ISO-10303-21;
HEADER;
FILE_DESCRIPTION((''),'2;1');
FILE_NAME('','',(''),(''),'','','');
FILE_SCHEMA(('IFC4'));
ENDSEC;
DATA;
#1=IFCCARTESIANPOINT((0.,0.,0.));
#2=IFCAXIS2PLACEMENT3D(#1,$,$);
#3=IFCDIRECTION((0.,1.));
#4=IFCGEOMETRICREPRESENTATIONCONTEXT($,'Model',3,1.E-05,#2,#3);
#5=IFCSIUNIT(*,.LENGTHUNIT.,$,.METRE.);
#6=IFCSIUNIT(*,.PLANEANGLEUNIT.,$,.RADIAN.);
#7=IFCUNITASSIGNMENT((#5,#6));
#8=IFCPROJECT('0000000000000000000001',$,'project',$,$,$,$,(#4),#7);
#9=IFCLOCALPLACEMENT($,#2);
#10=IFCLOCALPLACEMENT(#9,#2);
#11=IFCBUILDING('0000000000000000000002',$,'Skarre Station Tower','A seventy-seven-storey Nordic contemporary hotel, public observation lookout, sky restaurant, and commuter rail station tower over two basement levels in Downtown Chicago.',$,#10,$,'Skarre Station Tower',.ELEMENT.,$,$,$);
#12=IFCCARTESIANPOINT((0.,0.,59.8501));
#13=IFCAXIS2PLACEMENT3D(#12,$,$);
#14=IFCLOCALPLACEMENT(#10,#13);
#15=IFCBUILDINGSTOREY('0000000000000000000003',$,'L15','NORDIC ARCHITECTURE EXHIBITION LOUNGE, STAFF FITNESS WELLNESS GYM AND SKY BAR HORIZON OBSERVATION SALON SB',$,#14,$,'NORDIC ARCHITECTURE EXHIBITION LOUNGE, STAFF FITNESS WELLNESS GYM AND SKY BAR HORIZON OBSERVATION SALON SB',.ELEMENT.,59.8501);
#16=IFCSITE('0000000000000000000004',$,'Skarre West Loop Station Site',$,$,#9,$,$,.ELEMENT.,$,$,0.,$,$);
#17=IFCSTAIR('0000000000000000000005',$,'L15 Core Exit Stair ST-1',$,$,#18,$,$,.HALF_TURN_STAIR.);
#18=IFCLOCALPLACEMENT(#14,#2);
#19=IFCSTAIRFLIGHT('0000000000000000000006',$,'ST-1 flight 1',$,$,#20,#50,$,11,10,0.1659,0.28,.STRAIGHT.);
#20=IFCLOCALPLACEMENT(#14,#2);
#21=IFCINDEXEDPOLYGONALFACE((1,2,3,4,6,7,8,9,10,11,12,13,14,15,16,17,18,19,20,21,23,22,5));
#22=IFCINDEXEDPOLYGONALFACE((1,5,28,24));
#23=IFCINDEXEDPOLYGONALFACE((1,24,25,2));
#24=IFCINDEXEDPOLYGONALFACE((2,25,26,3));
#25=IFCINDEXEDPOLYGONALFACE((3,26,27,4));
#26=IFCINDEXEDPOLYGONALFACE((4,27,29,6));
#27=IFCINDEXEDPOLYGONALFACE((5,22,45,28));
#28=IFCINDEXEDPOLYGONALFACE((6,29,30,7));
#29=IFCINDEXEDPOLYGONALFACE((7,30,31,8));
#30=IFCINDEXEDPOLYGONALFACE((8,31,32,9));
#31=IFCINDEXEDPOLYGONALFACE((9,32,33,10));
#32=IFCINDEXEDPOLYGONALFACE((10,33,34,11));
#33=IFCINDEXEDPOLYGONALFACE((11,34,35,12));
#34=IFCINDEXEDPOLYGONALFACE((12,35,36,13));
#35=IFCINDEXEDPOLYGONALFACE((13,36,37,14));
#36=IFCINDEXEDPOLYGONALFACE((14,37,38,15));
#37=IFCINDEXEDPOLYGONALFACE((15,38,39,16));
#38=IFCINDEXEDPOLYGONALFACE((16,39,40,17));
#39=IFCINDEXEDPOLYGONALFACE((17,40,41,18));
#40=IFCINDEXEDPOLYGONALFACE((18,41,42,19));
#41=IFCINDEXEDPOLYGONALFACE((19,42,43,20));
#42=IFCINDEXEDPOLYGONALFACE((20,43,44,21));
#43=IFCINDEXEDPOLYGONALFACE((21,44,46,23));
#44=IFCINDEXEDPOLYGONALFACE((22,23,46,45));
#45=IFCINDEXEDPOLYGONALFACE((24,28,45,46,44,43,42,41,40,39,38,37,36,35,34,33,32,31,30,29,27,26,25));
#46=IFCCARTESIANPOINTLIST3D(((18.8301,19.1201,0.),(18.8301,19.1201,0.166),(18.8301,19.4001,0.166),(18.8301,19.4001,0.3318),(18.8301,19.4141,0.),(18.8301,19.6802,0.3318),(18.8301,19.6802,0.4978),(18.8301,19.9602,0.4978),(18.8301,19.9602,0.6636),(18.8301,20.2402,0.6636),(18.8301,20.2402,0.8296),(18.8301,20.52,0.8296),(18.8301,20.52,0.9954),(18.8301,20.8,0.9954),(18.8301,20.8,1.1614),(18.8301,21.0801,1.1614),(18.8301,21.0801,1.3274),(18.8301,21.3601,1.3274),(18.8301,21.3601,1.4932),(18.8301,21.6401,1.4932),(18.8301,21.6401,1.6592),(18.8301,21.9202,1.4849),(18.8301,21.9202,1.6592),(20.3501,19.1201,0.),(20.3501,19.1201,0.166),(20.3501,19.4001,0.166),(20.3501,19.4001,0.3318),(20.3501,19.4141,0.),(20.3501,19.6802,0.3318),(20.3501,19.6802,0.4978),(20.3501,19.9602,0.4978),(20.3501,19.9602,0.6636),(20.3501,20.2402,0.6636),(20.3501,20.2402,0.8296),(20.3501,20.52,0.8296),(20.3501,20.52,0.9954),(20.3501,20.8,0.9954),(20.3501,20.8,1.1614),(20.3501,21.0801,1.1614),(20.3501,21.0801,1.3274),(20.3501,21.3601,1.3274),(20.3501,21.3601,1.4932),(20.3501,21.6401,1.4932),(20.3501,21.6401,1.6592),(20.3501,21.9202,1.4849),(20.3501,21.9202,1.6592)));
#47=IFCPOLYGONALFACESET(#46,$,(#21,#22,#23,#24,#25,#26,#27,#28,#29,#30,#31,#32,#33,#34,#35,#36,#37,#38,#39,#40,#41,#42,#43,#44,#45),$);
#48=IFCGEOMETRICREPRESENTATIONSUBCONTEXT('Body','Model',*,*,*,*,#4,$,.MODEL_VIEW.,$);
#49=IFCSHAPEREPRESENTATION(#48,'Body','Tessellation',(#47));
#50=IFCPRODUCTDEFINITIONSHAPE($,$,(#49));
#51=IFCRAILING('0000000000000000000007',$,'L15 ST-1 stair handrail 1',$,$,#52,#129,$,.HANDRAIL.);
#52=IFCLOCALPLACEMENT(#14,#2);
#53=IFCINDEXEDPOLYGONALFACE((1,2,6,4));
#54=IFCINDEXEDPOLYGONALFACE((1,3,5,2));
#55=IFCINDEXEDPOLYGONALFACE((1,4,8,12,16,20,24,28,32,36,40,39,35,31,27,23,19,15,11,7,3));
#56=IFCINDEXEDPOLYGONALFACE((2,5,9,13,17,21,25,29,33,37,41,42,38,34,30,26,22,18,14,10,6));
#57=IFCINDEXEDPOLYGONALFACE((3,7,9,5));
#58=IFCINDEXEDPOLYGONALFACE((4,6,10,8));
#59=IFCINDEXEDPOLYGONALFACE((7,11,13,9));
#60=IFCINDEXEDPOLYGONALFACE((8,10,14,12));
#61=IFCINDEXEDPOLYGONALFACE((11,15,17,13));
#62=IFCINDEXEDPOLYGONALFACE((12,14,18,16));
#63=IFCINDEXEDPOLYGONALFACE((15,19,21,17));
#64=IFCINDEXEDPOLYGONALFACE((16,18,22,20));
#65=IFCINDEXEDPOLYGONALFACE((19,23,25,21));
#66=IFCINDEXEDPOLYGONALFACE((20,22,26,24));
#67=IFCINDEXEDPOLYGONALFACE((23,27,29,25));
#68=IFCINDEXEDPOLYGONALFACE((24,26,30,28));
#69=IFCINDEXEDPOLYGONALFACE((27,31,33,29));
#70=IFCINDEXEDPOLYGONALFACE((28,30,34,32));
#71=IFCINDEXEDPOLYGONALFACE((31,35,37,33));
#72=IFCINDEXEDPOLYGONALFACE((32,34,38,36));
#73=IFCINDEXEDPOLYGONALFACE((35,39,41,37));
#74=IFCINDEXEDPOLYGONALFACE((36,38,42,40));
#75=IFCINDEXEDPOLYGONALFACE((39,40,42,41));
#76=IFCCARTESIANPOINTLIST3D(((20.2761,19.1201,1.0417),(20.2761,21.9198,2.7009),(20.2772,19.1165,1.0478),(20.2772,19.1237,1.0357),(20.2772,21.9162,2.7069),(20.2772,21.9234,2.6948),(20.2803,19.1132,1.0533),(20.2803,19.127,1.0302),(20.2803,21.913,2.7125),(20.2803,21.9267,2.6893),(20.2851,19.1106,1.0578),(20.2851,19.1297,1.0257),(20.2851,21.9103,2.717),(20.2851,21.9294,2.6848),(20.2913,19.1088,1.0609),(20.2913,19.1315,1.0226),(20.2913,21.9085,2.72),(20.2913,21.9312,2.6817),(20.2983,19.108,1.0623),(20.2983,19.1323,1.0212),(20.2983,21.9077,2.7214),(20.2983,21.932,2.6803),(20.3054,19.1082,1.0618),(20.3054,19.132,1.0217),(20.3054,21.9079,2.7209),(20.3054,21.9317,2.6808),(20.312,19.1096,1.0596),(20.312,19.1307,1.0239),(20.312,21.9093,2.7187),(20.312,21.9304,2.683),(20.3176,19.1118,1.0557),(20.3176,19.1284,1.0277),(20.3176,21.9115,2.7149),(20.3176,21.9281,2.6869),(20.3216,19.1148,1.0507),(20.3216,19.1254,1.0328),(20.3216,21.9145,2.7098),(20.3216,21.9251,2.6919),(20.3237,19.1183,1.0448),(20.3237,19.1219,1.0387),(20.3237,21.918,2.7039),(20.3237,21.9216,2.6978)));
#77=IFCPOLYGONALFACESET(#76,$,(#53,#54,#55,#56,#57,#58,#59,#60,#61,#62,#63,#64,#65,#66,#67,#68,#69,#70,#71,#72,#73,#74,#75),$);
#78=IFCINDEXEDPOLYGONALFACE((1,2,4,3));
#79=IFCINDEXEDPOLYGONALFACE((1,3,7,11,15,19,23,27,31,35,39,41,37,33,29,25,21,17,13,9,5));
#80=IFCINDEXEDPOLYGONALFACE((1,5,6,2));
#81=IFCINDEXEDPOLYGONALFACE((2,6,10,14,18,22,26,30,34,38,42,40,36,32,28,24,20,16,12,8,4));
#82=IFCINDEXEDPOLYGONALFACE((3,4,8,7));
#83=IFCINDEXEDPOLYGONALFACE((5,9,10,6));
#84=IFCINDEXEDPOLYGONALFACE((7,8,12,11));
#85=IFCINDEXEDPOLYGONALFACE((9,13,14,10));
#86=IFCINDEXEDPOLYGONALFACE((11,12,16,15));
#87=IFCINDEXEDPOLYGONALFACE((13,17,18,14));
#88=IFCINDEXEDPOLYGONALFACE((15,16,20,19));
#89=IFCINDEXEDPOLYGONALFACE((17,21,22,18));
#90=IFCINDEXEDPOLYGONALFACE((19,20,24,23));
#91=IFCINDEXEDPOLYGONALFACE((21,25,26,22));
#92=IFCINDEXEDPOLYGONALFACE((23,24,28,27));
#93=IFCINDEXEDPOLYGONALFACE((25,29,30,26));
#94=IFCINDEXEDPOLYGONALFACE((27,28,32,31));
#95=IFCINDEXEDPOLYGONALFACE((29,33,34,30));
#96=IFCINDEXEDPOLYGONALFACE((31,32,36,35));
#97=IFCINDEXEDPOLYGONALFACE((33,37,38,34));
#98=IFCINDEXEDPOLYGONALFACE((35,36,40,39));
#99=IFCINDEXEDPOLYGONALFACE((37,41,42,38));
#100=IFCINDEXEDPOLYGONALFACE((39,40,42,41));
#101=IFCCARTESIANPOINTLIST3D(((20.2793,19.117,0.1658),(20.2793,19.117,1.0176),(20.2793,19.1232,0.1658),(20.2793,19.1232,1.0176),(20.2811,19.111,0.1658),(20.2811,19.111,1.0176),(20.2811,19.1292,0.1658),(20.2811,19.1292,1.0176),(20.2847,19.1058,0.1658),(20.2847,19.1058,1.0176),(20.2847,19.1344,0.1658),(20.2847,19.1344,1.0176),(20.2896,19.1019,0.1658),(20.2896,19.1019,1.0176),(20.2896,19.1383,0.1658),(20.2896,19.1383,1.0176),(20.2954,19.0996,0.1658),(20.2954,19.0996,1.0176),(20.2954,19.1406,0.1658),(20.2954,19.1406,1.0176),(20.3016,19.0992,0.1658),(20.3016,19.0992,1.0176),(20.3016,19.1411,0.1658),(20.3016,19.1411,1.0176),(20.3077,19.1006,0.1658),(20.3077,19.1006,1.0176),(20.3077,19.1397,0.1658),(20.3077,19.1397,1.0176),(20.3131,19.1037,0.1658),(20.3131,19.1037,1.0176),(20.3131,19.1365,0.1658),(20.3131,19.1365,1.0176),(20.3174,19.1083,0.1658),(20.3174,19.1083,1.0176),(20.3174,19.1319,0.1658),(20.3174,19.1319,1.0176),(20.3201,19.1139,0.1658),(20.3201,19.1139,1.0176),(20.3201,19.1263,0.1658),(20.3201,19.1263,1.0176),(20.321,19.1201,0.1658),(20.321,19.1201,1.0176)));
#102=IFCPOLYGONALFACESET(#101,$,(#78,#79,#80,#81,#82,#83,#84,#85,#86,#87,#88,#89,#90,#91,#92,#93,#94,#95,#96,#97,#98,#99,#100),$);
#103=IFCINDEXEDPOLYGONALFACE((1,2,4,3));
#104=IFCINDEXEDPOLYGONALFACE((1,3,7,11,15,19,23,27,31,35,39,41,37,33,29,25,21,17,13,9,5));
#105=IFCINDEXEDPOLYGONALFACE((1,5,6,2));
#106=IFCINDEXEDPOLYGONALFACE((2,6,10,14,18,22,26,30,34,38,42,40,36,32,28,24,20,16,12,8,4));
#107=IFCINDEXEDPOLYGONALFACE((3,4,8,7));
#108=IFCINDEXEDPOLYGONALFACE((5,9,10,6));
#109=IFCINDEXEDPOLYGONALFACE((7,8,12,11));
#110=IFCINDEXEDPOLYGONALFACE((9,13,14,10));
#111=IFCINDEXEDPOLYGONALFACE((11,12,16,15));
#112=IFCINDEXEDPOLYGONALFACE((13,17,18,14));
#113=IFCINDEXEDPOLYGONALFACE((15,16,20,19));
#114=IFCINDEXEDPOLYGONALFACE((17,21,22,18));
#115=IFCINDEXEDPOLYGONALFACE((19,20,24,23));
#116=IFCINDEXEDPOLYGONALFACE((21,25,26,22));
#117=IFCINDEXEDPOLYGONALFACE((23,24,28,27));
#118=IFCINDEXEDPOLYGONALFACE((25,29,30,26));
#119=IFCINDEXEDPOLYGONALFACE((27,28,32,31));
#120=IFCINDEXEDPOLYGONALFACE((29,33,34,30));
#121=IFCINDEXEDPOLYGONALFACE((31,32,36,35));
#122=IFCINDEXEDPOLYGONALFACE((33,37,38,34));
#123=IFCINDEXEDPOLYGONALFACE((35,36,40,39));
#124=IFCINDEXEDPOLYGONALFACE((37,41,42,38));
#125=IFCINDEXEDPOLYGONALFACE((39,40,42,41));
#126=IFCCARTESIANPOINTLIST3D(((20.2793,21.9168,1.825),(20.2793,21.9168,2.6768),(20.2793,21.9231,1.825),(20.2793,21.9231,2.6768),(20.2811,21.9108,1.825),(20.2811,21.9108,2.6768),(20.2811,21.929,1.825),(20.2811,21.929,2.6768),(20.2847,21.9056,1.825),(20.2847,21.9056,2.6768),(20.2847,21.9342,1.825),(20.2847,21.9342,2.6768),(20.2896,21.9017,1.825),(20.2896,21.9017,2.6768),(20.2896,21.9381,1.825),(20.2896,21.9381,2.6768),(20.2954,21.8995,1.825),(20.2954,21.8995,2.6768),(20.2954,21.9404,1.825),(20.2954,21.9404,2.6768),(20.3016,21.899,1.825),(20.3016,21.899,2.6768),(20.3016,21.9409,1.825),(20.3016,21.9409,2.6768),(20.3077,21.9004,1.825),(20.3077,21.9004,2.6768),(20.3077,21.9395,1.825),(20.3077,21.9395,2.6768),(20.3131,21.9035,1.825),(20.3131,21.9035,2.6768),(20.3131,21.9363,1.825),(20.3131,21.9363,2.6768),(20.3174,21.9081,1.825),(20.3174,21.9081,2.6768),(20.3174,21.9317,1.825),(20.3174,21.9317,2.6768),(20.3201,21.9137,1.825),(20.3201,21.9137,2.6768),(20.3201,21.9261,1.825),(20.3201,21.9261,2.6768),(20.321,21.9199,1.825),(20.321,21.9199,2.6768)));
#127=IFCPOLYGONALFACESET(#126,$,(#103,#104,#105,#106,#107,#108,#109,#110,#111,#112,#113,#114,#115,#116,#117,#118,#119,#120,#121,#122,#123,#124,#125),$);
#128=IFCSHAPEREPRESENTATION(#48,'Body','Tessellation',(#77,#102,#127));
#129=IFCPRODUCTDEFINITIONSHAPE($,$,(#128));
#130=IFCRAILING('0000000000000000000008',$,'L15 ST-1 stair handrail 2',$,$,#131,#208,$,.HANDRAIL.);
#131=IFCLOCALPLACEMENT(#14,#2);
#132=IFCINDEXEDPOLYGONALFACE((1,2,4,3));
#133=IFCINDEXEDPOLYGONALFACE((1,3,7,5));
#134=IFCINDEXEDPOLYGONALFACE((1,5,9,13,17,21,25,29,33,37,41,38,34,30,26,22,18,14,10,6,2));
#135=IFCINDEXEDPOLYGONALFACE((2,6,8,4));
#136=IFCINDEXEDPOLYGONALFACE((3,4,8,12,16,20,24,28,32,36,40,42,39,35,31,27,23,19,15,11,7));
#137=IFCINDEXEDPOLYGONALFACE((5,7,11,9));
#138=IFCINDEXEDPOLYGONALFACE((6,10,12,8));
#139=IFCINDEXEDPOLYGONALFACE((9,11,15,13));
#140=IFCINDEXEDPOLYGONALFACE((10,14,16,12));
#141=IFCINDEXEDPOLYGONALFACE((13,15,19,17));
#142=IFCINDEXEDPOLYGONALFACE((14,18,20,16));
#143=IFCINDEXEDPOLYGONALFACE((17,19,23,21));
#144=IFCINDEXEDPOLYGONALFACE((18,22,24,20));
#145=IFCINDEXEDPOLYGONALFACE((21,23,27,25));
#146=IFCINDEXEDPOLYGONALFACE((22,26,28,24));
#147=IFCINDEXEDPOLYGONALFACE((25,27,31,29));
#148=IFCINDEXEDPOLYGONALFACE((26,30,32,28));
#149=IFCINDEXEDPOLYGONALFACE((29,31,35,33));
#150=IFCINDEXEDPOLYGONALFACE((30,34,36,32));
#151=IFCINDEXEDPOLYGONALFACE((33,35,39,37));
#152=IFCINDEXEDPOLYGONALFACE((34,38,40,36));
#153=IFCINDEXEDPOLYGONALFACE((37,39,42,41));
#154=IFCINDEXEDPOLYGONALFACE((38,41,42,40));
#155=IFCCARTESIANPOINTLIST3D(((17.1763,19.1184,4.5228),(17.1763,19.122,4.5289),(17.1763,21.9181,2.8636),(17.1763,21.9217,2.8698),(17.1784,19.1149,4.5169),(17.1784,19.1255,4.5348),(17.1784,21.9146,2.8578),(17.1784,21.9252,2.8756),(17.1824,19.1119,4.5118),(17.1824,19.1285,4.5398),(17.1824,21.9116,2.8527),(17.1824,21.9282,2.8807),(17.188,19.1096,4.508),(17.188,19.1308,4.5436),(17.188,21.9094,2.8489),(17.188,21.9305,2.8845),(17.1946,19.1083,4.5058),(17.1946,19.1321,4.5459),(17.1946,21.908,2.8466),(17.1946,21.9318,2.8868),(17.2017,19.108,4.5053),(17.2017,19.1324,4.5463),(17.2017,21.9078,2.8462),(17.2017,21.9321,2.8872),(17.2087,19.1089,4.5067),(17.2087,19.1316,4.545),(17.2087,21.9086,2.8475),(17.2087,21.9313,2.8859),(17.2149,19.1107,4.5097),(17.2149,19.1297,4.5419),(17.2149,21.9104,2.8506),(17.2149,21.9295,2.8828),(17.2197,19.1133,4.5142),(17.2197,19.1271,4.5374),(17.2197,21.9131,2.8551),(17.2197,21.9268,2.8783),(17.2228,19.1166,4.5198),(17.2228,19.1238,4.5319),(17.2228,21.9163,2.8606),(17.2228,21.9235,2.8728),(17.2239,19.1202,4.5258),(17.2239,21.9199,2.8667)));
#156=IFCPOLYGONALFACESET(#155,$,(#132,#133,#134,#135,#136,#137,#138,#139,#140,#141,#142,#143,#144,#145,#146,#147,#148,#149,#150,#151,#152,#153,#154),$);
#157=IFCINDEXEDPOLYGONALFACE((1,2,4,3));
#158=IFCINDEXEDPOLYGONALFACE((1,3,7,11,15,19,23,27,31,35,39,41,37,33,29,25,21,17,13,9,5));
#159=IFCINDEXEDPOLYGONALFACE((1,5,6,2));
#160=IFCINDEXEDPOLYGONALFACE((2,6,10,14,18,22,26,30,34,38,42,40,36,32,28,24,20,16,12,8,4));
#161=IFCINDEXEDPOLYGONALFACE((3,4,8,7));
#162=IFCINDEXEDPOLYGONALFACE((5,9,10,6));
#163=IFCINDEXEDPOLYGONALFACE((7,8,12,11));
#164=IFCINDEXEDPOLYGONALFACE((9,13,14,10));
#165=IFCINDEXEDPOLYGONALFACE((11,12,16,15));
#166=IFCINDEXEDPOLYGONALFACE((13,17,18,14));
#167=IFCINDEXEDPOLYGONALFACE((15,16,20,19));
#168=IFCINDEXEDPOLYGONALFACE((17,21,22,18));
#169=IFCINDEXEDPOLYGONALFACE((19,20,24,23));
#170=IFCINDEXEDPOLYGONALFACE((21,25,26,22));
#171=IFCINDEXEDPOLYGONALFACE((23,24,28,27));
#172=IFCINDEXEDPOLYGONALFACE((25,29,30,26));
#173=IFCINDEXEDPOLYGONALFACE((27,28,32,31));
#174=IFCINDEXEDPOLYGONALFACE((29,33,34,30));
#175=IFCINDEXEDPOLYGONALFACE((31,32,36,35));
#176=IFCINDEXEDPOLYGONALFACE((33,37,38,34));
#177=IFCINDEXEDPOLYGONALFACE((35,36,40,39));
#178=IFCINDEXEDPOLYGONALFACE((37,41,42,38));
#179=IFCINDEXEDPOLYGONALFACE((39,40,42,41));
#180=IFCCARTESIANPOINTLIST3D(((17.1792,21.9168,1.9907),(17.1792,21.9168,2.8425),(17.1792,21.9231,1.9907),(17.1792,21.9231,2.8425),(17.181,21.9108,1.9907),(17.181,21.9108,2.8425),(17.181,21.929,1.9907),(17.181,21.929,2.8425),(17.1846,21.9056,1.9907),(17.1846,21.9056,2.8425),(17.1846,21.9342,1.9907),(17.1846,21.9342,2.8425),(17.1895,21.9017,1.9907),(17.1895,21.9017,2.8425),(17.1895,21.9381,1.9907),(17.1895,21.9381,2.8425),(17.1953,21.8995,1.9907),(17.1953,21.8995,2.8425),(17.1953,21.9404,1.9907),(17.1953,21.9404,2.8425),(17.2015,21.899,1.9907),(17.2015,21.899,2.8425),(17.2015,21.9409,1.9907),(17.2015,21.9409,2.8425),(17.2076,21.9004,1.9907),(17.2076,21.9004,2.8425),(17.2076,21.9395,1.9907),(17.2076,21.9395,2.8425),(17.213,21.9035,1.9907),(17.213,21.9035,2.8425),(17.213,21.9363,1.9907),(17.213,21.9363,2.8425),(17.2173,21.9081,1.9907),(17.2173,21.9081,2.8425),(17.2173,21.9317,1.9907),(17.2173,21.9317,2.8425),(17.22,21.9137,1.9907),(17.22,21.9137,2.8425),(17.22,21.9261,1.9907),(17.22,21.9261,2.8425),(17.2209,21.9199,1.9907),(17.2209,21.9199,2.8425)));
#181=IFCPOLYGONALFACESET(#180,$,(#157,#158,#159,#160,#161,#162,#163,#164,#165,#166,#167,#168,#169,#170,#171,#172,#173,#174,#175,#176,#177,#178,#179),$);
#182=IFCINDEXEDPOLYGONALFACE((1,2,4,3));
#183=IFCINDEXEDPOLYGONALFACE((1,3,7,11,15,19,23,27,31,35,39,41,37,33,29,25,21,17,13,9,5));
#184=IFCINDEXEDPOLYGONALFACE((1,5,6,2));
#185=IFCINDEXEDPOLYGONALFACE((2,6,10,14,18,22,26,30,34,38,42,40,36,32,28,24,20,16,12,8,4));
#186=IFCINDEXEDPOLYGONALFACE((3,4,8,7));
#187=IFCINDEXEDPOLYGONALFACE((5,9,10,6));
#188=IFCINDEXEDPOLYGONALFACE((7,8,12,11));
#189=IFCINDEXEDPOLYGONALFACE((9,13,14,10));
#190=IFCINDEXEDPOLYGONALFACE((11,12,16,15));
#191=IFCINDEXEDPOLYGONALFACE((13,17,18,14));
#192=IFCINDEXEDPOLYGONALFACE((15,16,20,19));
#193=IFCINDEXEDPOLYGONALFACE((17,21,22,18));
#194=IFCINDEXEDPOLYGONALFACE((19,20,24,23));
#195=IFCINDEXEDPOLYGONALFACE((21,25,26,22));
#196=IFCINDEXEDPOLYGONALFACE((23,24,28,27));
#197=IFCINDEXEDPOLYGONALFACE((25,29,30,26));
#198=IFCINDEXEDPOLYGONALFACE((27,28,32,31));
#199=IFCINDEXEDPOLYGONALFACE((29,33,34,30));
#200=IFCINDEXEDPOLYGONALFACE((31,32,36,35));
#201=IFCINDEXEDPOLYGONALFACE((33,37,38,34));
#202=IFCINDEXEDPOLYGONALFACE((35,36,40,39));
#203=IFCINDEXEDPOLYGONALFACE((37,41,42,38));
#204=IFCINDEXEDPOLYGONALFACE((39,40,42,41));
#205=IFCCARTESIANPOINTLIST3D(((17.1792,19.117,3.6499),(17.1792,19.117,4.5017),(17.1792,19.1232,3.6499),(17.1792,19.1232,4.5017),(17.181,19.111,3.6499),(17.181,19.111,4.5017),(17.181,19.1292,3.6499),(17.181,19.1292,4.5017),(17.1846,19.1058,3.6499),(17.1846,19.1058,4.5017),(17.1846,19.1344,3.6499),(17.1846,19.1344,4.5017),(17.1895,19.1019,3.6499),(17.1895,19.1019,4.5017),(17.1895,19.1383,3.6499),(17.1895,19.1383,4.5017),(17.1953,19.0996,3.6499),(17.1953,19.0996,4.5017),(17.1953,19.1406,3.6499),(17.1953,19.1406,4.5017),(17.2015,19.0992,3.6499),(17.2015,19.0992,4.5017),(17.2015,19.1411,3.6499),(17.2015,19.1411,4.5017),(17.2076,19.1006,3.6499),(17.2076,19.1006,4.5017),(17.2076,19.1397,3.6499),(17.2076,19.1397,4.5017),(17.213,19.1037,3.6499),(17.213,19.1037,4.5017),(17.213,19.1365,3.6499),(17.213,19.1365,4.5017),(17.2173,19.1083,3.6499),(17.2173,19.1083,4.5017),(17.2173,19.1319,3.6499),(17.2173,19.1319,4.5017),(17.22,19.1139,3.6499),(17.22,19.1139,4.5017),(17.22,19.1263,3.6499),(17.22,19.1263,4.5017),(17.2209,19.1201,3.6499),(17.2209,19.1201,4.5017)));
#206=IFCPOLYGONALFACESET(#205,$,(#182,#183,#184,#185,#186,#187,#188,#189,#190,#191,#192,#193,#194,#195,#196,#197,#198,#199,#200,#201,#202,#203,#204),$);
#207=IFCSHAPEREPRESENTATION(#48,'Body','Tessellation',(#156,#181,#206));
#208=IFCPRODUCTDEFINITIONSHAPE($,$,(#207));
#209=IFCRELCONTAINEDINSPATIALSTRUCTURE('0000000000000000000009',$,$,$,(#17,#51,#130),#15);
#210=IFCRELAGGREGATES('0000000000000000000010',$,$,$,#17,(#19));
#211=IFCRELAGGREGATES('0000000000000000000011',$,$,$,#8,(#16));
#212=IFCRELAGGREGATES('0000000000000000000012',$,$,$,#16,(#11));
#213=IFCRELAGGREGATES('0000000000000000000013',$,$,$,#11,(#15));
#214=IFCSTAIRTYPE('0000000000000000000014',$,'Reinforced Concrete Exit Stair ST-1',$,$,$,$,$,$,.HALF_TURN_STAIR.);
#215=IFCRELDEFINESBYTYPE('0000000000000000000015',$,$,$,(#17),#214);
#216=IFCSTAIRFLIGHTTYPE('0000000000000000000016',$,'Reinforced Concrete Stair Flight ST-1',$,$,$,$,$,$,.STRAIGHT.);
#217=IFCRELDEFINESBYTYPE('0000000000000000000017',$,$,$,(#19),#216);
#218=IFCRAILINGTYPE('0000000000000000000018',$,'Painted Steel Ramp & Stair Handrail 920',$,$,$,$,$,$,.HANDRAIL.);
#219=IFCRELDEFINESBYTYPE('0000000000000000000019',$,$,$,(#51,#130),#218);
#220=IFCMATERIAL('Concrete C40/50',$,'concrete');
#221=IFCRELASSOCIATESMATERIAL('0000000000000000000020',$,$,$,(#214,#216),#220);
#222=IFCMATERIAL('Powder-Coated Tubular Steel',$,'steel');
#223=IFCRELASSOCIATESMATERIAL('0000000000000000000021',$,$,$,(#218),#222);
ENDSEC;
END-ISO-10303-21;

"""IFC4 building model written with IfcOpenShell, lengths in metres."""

from ifc_helpers import new_model, si_unit, direction, frame, origin, origin_2d, place, context, subcontext, project, spatial, polyline, circle, outline, extrude, material, type_object, element, aggregate, save


model = new_model("IFC4")

# Units and contexts
model_context = context("Model", 3, precision=1e-05, world=origin(), true_north=direction((0.0, 1.0)))
body_context = subcontext(model_context, "Body", "Model", "MODEL_VIEW")
ifc_project = project(units=[si_unit("LENGTHUNIT", "METRE"), si_unit("PLANEANGLEUNIT", "RADIAN")], contexts=[model_context])

# Site, building, storey
site_placement = place(None, origin())
site = spatial("IfcSite", under=ifc_project, at=site_placement, Name="Skarre West Loop Station Site", CompositionType="ELEMENT", RefElevation=0.0)
building_placement = place(site_placement, origin())
building = spatial("IfcBuilding", under=site, at=building_placement, Name="Skarre Station Tower", Description="A seventy-seven-storey Nordic contemporary hotel, public observation lookout, sky restaurant, and commuter rail station tower over two basement levels in Downtown Chicago.", LongName="Skarre Station Tower", CompositionType="ELEMENT")
storey_placement = place(building_placement, frame((0.0, 0.0, 59.8501)))
storey = spatial("IfcBuildingStorey", under=building, at=storey_placement, Name="L15", Description="NORDIC ARCHITECTURE EXHIBITION LOUNGE, STAFF FITNESS WELLNESS GYM AND SKY BAR HORIZON OBSERVATION SALON SB", LongName="NORDIC ARCHITECTURE EXHIBITION LOUNGE, STAFF FITNESS WELLNESS GYM AND SKY BAR HORIZON OBSERVATION SALON SB", CompositionType="ELEMENT", Elevation=59.8501)

# Stair, stair flight
ifc_material_1 = material(Name="Concrete C40/50", Category="concrete")
stair_type = type_object("IfcStairType", Name="Reinforced Concrete Exit Stair ST-1", PredefinedType="HALF_TURN_STAIR", material=ifc_material_1)
stair_placement = place(storey_placement, origin())
stair = element("IfcStair", 1, at=stair_placement, inside=storey, type_object=stair_type, Name="L15 Core Exit Stair ST-1", PredefinedType="HALF_TURN_STAIR")
stair_flight_type = type_object("IfcStairFlightType", Name="Reinforced Concrete Stair Flight ST-1", PredefinedType="STRAIGHT", material=ifc_material_1)
stair_flight_placement = place(storey_placement, frame((19.5901, 19.1201, 0.0), z_axis=(0.0, 0.0, 1.0), x_axis=(0.0, 1.0, 0.0)))
stair_flight = element("IfcStairFlight", 2, at=stair_flight_placement, type_object=stair_flight_type, Name="ST-1 flight 1", NumberOfRisers=11, NumberOfTreads=10, PredefinedType="STRAIGHT", RiserHeight=0.1659, TreadLength=0.28, context=body_context, shape_type="SweptSolid", body=[
    extrude(outline(polyline([(0.0, 0.0), (0.0, 0.166), (0.28, 0.166), (0.28, 0.3318), (0.5601, 0.3318), (0.5601, 0.4978), (0.8401, 0.4978), (0.8401, 0.6636), (1.1201, 0.6636), (1.1201, 0.8296), (1.3999, 0.8296), (1.3999, 0.9954), (1.6799, 0.9954), (1.6799, 1.1614), (1.96, 1.1614), (1.96, 1.3274), (2.24, 1.3274), (2.24, 1.4932), (2.52, 1.4932), (2.52, 1.6592), (2.8, 1.6592), (2.8, 1.825), (2.8, 1.4849), (0.2939, 0.0), (0.0, 0.0)])), frame((0.0, 0.76, 0.0), z_axis=(0.0, -1.0, 0.0), x_axis=(1.0, 0.0, 0.0)), (0.0, 0.0, 1.0), 1.52),
])
aggregate(stair, [stair_flight])

# Railings
ifc_material_2 = material(Name="Powder-Coated Tubular Steel", Category="steel")
railing_type_1 = type_object("IfcRailingType", Name="Painted Steel Ramp & Stair Handrail 920", PredefinedType="HANDRAIL", material=ifc_material_2)
railing_1_placement = place(storey_placement, frame((20.3, 19.1201, 0.1658)))
element("IfcRailing", 3, at=railing_1_placement, inside=storey, type_object=railing_type_1, Name="L15 ST-1 stair handrail 1", PredefinedType="HANDRAIL", context=body_context, shape_type="SweptSolid", body=[
    extrude(circle(Radius=0.0239, at=origin_2d()), frame((0.0, 0.0, 0.876), z_axis=(0.0, 0.860287, 0.509811), x_axis=(-1.0, 0.0, 0.0)), (0.0, 0.0, 1.0), 3.2544),
    extrude(circle(Radius=0.021, at=origin_2d()), origin(), (0.0, 0.0, 1.0), 0.8518),
    extrude(circle(Radius=0.021, at=origin_2d()), frame((0.0, 2.7998, 1.6592)), (0.0, 0.0, 1.0), 0.8518),
])
railing_2_placement = place(storey_placement, frame((17.2, 21.9199, 1.9907)))
element("IfcRailing", 4, at=railing_2_placement, inside=storey, type_object=railing_type_1, Name="L15 ST-1 stair handrail 2", PredefinedType="HANDRAIL", context=body_context, shape_type="SweptSolid", body=[
    extrude(circle(Radius=0.0239, at=origin_2d()), frame((0.0, 0.0, 0.876), z_axis=(0.0, -0.860287, 0.509811), x_axis=(1.0, 0.0, 0.0)), (0.0, 0.0, 1.0), 3.2544),
    extrude(circle(Radius=0.021, at=origin_2d()), origin(), (0.0, 0.0, 1.0), 0.8518),
    extrude(circle(Radius=0.021, at=origin_2d()), frame((0.0, -2.7998, 1.6592)), (0.0, 0.0, 1.0), 0.8518),
])

save(model, "model.ifc")
